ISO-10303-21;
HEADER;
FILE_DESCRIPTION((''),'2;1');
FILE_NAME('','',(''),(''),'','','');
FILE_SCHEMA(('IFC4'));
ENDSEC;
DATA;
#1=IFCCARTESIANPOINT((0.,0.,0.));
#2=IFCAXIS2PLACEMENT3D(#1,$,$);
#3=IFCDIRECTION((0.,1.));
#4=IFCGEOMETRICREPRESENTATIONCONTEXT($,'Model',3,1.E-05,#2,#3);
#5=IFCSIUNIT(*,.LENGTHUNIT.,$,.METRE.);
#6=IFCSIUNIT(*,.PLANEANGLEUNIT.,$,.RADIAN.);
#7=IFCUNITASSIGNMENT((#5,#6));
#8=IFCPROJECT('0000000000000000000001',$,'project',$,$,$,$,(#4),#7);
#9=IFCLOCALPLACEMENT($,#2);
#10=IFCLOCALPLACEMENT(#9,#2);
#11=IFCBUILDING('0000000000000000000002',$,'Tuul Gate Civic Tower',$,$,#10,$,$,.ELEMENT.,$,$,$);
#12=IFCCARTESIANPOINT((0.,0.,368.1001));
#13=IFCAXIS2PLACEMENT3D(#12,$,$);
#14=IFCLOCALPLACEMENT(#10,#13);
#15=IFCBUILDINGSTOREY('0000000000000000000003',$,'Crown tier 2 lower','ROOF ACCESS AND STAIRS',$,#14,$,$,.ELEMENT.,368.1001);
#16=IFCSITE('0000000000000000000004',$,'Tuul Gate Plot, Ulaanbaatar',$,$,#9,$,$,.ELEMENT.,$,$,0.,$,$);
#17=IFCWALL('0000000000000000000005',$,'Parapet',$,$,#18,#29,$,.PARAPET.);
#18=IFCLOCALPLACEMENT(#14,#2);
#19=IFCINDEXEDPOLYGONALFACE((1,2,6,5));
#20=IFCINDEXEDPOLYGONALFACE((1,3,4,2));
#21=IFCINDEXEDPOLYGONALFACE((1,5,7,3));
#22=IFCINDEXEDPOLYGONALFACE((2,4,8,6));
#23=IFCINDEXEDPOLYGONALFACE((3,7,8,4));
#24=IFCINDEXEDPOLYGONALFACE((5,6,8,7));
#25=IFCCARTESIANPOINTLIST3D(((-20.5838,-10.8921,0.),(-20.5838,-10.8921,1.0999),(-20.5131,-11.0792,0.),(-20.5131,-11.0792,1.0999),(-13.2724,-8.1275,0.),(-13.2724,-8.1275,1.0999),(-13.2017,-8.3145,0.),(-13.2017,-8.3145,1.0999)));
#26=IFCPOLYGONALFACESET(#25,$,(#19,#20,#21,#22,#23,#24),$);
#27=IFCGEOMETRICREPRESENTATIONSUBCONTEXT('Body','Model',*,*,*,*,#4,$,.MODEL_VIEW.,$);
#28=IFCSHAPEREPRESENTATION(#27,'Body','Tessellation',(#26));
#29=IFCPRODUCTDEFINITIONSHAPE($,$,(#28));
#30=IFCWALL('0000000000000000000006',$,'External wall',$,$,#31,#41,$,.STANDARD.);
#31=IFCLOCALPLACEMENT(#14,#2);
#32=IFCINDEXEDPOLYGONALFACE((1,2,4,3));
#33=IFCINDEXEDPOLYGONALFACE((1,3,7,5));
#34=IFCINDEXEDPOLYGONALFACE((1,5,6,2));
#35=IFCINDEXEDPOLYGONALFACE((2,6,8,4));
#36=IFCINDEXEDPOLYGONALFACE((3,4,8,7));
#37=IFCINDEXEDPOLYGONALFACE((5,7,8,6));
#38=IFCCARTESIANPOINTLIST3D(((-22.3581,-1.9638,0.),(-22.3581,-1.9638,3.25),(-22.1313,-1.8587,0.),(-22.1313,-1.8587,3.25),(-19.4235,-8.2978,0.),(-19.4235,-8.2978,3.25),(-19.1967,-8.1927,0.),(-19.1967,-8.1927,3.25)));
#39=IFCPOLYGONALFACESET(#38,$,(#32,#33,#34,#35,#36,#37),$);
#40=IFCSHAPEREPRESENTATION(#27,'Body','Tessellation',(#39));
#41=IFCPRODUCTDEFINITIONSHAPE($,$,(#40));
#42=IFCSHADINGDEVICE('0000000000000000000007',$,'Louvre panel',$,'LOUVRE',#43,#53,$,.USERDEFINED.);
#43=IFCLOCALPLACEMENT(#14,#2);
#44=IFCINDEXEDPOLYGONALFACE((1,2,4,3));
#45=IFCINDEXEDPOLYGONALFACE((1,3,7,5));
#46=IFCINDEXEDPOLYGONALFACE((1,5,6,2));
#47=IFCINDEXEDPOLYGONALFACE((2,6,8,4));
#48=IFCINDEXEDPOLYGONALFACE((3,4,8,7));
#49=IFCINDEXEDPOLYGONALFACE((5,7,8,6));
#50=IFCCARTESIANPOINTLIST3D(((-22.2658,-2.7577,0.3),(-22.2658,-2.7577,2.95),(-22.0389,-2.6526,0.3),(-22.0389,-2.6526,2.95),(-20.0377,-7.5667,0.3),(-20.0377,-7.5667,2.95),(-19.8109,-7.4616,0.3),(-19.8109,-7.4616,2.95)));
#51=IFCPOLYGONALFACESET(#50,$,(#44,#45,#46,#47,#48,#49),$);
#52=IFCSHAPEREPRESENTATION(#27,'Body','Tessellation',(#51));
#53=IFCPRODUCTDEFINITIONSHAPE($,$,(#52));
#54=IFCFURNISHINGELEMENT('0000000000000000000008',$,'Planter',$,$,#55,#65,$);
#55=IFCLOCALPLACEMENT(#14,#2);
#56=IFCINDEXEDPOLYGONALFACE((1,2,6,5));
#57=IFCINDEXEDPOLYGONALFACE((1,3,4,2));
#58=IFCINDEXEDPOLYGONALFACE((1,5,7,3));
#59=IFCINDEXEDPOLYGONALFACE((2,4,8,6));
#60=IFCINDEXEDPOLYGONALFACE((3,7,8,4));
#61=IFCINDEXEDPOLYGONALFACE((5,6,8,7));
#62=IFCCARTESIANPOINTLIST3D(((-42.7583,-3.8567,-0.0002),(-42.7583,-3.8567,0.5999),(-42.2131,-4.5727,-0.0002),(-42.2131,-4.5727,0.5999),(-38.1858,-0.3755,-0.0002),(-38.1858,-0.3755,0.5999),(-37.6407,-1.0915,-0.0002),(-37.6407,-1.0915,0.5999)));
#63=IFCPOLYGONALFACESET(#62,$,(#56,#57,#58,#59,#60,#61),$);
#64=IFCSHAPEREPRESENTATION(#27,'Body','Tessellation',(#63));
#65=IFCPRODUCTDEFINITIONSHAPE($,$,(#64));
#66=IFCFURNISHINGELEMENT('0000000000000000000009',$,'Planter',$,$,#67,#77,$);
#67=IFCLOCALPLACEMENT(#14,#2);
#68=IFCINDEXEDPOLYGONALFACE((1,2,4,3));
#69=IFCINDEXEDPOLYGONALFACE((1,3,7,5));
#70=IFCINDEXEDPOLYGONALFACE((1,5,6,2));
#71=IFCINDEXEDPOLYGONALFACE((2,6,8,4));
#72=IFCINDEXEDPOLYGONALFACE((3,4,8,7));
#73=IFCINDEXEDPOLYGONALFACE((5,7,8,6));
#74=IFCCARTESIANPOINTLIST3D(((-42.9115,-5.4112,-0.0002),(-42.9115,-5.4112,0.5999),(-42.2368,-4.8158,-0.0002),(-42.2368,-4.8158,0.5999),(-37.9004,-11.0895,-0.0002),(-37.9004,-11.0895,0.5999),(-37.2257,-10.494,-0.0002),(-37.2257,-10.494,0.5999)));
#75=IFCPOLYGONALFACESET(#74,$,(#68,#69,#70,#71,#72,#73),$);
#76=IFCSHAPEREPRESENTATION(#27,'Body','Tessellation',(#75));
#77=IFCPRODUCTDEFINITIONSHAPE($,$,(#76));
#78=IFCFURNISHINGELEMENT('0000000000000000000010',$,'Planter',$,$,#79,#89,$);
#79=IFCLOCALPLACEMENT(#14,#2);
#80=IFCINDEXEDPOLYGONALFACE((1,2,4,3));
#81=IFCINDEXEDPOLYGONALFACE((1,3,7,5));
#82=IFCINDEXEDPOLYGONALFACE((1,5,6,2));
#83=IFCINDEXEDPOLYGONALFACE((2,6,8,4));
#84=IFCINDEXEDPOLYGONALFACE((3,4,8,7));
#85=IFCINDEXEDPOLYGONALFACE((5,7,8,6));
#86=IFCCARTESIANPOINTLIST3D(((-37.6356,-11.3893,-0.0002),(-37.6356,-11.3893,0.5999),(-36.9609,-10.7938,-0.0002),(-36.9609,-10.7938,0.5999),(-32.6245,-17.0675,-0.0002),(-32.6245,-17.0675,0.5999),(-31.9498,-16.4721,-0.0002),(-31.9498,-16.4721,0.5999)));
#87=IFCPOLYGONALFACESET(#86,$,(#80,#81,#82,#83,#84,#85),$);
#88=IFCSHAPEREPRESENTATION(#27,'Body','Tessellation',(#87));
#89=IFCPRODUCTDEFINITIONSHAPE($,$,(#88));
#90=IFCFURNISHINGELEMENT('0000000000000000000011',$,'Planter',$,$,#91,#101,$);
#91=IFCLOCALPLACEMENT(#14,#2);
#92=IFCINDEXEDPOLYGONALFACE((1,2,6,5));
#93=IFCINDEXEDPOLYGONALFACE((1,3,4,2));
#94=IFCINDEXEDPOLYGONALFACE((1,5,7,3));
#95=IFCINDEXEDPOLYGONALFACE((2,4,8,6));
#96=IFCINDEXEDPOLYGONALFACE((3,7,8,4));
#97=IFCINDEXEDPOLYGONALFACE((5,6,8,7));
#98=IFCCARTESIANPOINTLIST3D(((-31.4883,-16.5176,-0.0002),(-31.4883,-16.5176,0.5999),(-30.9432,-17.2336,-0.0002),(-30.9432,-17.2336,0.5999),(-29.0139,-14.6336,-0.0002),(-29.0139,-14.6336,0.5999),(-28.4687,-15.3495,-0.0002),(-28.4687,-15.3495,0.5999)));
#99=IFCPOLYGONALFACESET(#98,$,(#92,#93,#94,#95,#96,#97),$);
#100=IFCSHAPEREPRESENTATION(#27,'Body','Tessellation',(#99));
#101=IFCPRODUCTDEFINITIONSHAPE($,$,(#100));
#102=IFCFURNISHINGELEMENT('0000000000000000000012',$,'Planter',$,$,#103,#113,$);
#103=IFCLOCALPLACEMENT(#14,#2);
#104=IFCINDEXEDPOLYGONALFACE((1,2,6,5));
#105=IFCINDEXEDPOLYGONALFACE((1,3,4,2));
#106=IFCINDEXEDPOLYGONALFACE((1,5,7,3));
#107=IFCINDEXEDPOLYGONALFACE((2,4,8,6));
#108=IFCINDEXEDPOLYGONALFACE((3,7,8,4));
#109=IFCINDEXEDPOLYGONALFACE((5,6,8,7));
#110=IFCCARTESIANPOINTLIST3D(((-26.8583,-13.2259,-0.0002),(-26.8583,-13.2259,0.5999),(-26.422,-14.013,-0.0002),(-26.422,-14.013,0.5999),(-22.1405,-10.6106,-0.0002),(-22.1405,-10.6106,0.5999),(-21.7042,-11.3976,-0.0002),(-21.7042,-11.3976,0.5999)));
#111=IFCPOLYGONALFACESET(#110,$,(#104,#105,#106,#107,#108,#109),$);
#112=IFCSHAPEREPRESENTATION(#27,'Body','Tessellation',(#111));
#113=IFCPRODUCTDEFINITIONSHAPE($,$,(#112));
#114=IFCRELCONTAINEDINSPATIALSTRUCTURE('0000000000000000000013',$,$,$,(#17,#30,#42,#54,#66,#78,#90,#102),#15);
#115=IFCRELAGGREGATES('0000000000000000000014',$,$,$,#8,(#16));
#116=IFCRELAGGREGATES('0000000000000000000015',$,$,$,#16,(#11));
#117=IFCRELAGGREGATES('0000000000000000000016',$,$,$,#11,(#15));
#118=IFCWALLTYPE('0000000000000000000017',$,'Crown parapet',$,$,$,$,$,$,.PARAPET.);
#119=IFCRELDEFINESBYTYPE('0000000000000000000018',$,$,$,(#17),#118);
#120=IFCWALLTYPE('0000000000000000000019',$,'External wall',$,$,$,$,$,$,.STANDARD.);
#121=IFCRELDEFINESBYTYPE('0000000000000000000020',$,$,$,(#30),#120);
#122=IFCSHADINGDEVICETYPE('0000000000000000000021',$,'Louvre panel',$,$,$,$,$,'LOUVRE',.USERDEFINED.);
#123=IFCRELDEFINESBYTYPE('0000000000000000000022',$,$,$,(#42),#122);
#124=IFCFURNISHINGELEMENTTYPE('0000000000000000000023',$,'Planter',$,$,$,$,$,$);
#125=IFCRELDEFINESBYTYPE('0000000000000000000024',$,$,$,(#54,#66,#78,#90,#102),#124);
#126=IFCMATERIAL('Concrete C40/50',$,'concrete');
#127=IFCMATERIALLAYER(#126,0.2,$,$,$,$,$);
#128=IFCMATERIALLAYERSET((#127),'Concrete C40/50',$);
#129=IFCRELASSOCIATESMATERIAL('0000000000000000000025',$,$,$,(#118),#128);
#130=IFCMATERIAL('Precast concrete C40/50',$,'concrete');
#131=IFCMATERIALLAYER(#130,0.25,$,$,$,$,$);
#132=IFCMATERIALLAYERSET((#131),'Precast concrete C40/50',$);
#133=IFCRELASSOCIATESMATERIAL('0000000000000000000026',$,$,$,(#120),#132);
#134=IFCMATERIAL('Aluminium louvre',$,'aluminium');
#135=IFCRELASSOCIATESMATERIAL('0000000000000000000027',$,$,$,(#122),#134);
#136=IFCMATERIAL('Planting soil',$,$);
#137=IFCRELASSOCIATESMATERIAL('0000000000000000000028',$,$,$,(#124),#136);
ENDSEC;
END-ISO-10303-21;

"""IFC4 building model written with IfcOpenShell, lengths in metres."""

from ifc_helpers import new_model, si_unit, direction, frame, frame_2d, origin, origin_2d, place, context, subcontext, project, spatial, rectangle, extrude, material, layer, layer_set, type_object, element, save


model = new_model("IFC4")

# Units and contexts
model_context = context("Model", 3, precision=1e-05, world=origin(), true_north=direction((0.0, 1.0)))
body_context = subcontext(model_context, "Body", "Model", "MODEL_VIEW")
ifc_project = project(units=[si_unit("LENGTHUNIT", "METRE"), si_unit("PLANEANGLEUNIT", "RADIAN")], contexts=[model_context])

# Site, building, storey
site_placement = place(None, origin())
site = spatial("IfcSite", under=ifc_project, at=site_placement, Name="Tuul Gate Plot, Ulaanbaatar", CompositionType="ELEMENT", RefElevation=0.0)
building_placement = place(site_placement, origin())
building = spatial("IfcBuilding", under=site, at=building_placement, Name="Tuul Gate Civic Tower", CompositionType="ELEMENT")
storey_placement = place(building_placement, frame((0.0, 0.0, 368.1001)))
storey = spatial("IfcBuildingStorey", under=building, at=storey_placement, Name="Crown tier 2 lower", Description="ROOF ACCESS AND STAIRS", CompositionType="ELEMENT", Elevation=368.1001)

# Walls
ifc_material_1 = material(Name="Concrete C40/50", Category="concrete")
ifc_layer_1 = layer(ifc_material_1, 0.2)
ifc_layer_set_1 = layer_set([ifc_layer_1], Name="Concrete C40/50")
wall_type_1 = type_object("IfcWallType", Name="Crown parapet", PredefinedType="PARAPET", material=ifc_layer_set_1)
wall_1_placement = place(storey_placement, frame((-20.5483, -10.9856, 0.0), z_axis=(0.0, 0.0, 1.0), x_axis=(0.935366, 0.353682, 0.0)))
element("IfcWall", 1, at=wall_1_placement, inside=storey, type_object=wall_type_1, Name="Parapet", PredefinedType="PARAPET", context=body_context, shape_type="SweptSolid", body=[
    extrude(rectangle(XDim=7.8167, YDim=0.2, at=frame_2d((3.9082, 0.0))), origin(), (0.0, 0.0, 1.0), 1.0999),
])
ifc_material_2 = material(Name="Precast concrete C40/50", Category="concrete")
ifc_layer_2 = layer(ifc_material_2, 0.25)
ifc_layer_set_2 = layer_set([ifc_layer_2], Name="Precast concrete C40/50")
wall_type_2 = type_object("IfcWallType", Name="External wall", PredefinedType="STANDARD", material=ifc_layer_set_2)
wall_2_placement = place(storey_placement, frame((-22.2446, -1.9114, 0.0), z_axis=(0.0, 0.0, 1.0), x_axis=(0.42038, -0.907348, 0.0)))
element("IfcWall", 2, at=wall_2_placement, inside=storey, type_object=wall_type_2, Name="External wall", PredefinedType="STANDARD", context=body_context, shape_type="SweptSolid", body=[
    extrude(rectangle(XDim=6.9807, YDim=0.25, at=frame_2d((3.4902, 0.0))), origin(), (0.0, 0.0, 1.0), 3.25),
])

# Shading device
ifc_material_3 = material(Name="Aluminium louvre", Category="aluminium")
shading_device_type = type_object("IfcShadingDeviceType", Name="Louvre panel", ElementType="LOUVRE", PredefinedType="USERDEFINED", material=ifc_material_3)
shading_device_placement = place(storey_placement, frame((-21.0383, -5.1096, 0.3), z_axis=(0.0, 0.0, 1.0), x_axis=(-0.907349, -0.420379, 0.0)))
element("IfcShadingDevice", 3, at=shading_device_placement, inside=storey, type_object=shading_device_type, Name="Louvre panel", ObjectType="LOUVRE", PredefinedType="USERDEFINED", context=body_context, shape_type="SweptSolid", body=[
    extrude(rectangle(XDim=0.25, YDim=5.3, at=origin_2d()), origin(), (0.0, 0.0, 1.0), 2.6499),
])

# Furnishing elements
ifc_material_4 = material(Name="Planting soil")
furnishing_element_type = type_object("IfcFurnishingElementType", Name="Planter", material=ifc_material_4)
furnishing_1_placement = place(storey_placement, frame((-40.1995, -2.4741, -0.0002), z_axis=(0.0, 0.0, 1.0), x_axis=(-0.795649, -0.605758, 0.0)))
element("IfcFurnishingElement", 4, at=furnishing_1_placement, inside=storey, type_object=furnishing_element_type, Name="Planter", context=body_context, shape_type="SweptSolid", body=[
    extrude(rectangle(XDim=5.7468, YDim=0.8999, at=origin_2d()), origin(), (0.0, 0.0, 1.0), 0.6001),
])
for number, where, z_axis, x_axis, name in (
    (5, (-40.0686, -7.9526, -0.0002), (0.0, 0.0, 1.0), (0.661686, -0.749781, 0.0), "Planter"),
    (6, (-34.7927, -13.9307, -0.0002), (0.0, 0.0, 1.0), (0.661686, -0.749781, 0.0), "Planter"),
):
    element("IfcFurnishingElement", number, at=place(storey_placement, frame(where, z_axis=z_axis, x_axis=x_axis)), inside=storey, type_object=furnishing_element_type, Name=name, context=body_context, shape_type="SweptSolid", body=[
        extrude(rectangle(XDim=7.5732, YDim=0.8999, at=origin_2d()), origin(), (0.0, 0.0, 1.0), 0.6001),
    ])
furnishing_2_placement = place(storey_placement, frame((-29.9785, -15.9336, -0.0002), z_axis=(0.0, 0.0, 1.0), x_axis=(0.795623, 0.605792, 0.0)))
element("IfcFurnishingElement", 7, at=furnishing_2_placement, inside=storey, type_object=furnishing_element_type, Name="Planter", context=body_context, shape_type="SweptSolid", body=[
    extrude(rectangle(XDim=3.1101, YDim=0.8999, at=origin_2d()), origin(), (0.0, 0.0, 1.0), 0.6001),
])
furnishing_3_placement = place(storey_placement, frame((-24.2812, -12.3118, -0.0002), z_axis=(0.0, 0.0, 1.0), x_axis=(0.874605, 0.484837, 0.0)))
element("IfcFurnishingElement", 8, at=furnishing_3_placement, inside=storey, type_object=furnishing_element_type, Name="Planter", context=body_context, shape_type="SweptSolid", body=[
    extrude(rectangle(XDim=5.3943, YDim=0.8999, at=origin_2d()), origin(), (0.0, 0.0, 1.0), 0.6001),
])

save(model, "model.ifc")
